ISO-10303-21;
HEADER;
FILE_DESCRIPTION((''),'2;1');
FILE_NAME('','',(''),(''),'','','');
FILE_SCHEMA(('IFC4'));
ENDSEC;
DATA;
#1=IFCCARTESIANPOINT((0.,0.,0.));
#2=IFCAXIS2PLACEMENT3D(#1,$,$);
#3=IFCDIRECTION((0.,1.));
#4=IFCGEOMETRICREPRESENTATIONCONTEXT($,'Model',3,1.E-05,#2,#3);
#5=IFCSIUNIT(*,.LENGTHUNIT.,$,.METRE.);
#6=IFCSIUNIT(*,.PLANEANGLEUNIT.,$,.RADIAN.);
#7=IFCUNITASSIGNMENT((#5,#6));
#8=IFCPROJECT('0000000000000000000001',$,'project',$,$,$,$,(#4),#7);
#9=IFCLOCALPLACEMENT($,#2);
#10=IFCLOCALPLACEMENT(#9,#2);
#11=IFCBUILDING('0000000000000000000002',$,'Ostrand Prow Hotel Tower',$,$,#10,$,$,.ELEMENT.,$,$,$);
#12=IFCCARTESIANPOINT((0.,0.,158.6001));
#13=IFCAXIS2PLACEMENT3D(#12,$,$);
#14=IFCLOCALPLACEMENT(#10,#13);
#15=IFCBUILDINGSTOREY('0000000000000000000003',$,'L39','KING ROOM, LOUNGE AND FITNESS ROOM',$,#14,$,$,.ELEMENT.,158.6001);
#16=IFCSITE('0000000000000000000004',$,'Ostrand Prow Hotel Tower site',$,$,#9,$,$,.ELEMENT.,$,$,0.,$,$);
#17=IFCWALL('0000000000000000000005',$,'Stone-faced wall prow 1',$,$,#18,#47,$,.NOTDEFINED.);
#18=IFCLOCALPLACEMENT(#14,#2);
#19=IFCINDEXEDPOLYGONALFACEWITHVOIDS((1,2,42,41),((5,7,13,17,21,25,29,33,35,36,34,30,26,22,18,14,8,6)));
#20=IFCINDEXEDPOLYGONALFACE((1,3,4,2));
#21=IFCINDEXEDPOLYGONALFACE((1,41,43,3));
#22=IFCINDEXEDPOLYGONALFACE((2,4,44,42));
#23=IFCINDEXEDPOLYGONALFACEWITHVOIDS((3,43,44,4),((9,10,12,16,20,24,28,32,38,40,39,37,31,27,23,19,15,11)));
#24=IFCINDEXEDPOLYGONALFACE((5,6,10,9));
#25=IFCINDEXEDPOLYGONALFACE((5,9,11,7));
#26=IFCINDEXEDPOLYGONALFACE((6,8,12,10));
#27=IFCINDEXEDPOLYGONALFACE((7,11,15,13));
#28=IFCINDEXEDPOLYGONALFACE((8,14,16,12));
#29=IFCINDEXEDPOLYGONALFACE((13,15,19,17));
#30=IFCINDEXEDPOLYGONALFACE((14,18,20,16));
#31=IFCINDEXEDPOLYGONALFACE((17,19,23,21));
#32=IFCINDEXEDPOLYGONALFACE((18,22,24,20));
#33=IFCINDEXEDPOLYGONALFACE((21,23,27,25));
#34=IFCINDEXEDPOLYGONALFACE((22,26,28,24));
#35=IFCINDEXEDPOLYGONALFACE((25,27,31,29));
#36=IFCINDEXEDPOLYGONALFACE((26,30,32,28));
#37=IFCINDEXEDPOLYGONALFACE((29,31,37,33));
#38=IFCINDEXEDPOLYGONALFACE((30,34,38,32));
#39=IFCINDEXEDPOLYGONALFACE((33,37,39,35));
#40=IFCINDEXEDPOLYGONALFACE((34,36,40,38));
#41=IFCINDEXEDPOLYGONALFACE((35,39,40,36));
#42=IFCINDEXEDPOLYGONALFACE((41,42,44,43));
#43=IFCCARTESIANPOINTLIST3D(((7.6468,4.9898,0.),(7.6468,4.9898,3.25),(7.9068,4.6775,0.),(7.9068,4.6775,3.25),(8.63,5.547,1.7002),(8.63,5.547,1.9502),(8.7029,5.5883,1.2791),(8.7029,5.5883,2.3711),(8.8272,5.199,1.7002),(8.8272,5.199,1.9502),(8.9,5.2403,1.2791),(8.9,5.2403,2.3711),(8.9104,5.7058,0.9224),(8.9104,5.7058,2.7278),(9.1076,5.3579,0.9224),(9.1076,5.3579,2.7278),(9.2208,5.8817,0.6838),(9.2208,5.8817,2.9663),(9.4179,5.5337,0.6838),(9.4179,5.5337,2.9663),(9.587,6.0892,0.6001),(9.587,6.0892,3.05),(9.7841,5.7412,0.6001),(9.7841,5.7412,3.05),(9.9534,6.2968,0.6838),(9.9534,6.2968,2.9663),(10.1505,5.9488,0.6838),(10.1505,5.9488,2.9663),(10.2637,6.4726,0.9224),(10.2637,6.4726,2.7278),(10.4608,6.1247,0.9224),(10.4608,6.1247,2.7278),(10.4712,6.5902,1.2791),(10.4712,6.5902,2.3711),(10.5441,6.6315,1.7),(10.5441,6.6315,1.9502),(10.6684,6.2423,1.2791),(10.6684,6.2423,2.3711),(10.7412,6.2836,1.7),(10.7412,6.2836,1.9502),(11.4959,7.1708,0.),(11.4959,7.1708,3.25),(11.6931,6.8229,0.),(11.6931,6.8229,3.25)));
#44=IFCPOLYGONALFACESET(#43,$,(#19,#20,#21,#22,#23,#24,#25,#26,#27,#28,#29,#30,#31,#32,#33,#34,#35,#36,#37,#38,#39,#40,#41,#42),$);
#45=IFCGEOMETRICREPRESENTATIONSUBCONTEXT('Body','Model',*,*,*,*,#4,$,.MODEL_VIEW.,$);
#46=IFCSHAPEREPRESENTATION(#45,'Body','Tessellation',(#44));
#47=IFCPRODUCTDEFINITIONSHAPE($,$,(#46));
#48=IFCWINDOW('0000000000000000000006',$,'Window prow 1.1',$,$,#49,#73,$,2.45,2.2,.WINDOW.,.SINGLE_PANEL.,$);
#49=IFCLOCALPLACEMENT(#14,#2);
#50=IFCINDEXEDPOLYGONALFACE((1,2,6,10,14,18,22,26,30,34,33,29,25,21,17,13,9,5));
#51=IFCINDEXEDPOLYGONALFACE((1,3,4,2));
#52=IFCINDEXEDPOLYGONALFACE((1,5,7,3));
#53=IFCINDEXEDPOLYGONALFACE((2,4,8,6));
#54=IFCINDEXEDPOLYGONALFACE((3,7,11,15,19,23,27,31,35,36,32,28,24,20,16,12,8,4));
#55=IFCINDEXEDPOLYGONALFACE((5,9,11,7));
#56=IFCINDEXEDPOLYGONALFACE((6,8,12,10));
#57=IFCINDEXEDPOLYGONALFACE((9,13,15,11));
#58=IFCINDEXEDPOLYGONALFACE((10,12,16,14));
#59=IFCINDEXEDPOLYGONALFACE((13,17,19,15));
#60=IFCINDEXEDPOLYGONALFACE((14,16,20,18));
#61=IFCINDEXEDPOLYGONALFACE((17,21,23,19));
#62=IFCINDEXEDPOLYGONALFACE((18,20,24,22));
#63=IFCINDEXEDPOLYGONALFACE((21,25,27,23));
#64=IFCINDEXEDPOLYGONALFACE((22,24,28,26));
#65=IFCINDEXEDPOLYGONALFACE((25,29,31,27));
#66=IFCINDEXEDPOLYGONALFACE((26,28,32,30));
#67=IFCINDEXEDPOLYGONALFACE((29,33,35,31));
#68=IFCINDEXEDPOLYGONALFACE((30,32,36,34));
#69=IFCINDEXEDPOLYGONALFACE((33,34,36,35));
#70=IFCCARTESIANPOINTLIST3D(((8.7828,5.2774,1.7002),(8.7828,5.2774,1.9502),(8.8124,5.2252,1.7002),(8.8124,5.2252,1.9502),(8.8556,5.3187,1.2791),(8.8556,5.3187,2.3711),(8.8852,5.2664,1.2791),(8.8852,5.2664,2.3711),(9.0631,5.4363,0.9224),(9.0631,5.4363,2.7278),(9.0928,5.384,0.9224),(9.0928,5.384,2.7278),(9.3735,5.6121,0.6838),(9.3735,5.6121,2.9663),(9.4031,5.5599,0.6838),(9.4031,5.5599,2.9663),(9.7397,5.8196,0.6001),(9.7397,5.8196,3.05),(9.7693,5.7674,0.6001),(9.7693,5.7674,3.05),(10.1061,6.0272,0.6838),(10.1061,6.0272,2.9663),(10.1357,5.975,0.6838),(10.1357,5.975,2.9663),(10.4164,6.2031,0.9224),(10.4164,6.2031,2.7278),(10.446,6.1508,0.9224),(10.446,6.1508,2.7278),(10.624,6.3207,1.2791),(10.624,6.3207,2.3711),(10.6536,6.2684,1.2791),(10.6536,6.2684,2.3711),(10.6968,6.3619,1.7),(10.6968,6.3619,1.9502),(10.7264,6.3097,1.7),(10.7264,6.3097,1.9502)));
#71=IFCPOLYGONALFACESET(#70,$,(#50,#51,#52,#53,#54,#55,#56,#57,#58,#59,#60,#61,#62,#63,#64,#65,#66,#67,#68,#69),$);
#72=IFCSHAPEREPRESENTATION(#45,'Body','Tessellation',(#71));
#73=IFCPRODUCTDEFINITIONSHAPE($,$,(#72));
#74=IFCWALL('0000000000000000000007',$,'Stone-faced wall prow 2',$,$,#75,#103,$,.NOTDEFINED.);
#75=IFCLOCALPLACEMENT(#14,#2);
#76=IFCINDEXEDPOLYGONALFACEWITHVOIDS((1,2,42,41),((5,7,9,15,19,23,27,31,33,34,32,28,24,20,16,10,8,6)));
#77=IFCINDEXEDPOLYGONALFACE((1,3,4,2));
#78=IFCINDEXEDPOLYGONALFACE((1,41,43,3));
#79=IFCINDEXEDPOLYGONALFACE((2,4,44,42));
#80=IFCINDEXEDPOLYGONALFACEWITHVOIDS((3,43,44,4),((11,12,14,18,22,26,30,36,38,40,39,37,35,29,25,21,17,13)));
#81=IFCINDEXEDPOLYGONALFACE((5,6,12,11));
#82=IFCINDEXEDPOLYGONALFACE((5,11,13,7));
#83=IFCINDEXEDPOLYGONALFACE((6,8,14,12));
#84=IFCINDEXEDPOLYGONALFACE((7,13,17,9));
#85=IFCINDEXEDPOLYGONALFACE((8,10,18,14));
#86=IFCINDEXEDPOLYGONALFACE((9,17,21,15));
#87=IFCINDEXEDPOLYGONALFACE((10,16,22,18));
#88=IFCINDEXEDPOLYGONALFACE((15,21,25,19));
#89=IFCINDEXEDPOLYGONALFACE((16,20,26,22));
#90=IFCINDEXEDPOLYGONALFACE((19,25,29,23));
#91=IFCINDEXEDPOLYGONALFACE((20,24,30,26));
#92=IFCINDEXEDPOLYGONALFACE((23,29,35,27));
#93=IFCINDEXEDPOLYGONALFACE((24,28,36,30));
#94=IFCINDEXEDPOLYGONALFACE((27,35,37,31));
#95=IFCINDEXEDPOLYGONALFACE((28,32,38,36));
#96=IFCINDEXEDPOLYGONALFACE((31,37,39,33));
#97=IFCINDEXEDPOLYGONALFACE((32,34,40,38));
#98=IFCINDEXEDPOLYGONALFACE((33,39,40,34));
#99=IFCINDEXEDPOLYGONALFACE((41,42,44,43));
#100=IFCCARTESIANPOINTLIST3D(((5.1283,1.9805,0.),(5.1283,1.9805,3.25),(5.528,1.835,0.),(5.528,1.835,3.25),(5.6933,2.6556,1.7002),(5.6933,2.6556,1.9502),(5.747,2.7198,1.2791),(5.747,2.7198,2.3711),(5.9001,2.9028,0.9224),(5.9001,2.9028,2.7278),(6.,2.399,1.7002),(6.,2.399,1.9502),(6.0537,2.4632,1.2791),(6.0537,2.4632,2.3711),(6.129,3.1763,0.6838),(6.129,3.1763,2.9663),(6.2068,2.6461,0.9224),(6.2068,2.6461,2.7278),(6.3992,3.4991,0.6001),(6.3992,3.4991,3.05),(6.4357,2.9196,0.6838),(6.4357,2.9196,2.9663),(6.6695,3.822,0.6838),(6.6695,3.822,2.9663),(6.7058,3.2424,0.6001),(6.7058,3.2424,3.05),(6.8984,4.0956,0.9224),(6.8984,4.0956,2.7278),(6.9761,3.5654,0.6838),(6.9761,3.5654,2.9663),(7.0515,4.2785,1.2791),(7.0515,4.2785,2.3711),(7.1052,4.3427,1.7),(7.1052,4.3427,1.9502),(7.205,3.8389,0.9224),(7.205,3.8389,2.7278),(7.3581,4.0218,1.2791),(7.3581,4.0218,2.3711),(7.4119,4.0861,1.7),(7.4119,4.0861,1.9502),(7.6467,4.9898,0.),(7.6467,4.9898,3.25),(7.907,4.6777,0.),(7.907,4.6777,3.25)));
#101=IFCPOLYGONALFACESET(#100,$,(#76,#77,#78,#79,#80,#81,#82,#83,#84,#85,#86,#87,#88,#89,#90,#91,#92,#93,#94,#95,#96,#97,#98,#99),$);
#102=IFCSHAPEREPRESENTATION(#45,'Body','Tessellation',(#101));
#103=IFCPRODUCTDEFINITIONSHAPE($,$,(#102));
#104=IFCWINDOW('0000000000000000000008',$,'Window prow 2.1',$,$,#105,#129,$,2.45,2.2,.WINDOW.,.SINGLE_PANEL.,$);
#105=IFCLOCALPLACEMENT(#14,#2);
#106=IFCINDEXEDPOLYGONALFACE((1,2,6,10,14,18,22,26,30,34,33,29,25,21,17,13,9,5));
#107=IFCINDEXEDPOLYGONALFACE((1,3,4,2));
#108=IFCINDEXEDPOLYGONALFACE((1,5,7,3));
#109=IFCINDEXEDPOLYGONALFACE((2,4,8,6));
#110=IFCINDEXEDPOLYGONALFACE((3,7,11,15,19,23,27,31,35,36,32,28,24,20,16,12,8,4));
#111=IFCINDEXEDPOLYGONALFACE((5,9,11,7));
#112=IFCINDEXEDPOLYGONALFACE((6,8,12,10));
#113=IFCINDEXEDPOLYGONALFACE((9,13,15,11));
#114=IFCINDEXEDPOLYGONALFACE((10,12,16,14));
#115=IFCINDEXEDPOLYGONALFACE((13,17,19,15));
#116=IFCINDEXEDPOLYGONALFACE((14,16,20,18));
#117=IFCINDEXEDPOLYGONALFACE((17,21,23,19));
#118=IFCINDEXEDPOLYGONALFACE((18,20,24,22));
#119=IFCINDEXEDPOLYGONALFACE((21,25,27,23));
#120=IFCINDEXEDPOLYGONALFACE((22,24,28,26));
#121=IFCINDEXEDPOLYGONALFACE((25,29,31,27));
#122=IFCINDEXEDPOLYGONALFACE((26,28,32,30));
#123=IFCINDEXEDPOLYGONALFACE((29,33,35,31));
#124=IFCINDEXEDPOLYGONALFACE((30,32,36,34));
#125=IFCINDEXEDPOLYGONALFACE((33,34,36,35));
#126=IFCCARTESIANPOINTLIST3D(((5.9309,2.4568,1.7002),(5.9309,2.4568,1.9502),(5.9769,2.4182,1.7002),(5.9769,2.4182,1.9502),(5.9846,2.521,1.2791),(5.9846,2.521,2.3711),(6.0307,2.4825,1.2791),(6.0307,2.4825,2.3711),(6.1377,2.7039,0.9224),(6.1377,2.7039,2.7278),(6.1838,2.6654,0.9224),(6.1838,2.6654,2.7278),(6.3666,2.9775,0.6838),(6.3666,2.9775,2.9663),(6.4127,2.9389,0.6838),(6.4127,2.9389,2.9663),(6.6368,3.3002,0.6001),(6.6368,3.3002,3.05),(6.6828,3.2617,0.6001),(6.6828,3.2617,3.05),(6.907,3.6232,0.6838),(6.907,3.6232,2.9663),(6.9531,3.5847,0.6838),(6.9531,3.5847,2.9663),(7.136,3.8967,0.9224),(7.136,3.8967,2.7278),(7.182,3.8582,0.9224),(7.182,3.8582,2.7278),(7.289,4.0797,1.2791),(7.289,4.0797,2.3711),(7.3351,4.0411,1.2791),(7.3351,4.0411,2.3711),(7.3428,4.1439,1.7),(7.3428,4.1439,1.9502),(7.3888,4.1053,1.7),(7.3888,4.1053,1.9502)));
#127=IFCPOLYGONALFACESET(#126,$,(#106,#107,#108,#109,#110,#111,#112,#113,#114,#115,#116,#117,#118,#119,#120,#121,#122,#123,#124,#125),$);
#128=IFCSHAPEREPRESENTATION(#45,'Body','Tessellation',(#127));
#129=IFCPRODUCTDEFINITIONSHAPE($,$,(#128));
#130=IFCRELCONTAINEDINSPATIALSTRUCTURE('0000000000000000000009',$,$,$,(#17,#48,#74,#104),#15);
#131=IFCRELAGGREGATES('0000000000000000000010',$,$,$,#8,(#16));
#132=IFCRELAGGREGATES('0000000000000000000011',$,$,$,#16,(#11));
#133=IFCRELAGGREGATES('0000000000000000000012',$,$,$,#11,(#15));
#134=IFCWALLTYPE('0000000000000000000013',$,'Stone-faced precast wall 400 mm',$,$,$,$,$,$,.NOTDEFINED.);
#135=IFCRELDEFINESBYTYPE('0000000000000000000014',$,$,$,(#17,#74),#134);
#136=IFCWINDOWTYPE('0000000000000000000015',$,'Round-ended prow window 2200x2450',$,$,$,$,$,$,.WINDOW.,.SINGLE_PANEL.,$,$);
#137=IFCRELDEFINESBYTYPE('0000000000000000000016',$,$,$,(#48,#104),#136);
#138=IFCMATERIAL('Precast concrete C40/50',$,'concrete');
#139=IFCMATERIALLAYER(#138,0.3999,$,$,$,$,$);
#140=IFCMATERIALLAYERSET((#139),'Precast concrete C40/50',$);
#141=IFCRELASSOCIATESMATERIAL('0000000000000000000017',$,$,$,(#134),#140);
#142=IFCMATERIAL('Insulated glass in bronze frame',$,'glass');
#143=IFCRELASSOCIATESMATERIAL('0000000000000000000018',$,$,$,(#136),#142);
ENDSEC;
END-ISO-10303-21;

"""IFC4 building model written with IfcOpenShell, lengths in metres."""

from ifc_helpers import new_model, si_unit, direction, frame, origin, place, context, subcontext, project, spatial, polyline, outline, extrude, material, layer, layer_set, type_object, element, fill, save


model = new_model("IFC4")

# Units and contexts
model_context = context("Model", 3, precision=1e-05, world=origin(), true_north=direction((0.0, 1.0)))
body_context = subcontext(model_context, "Body", "Model", "MODEL_VIEW")
ifc_project = project(units=[si_unit("LENGTHUNIT", "METRE"), si_unit("PLANEANGLEUNIT", "RADIAN")], contexts=[model_context])

# Site, building, storey
site_placement = place(None, origin())
site = spatial("IfcSite", under=ifc_project, at=site_placement, Name="Ostrand Prow Hotel Tower site", CompositionType="ELEMENT", RefElevation=0.0)
building_placement = place(site_placement, origin())
building = spatial("IfcBuilding", under=site, at=building_placement, Name="Ostrand Prow Hotel Tower", CompositionType="ELEMENT")
storey_placement = place(building_placement, frame((0.0, 0.0, 158.6001)))
storey = spatial("IfcBuildingStorey", under=building, at=storey_placement, Name="L39", Description="KING ROOM, LOUNGE AND FITNESS ROOM", CompositionType="ELEMENT", Elevation=158.6001)

# Walls, openings, windows
ifc_material_1 = material(Name="Precast concrete C40/50", Category="concrete")
ifc_layer_1 = layer(ifc_material_1, 0.3999)
ifc_layer_set_1 = layer_set([ifc_layer_1], Name="Precast concrete C40/50")
wall_type_1 = type_object("IfcWallType", Name="Stone-faced precast wall 400 mm", PredefinedType="NOTDEFINED", material=ifc_layer_set_1)
wall_1_placement = place(storey_placement, frame((11.5945, 6.9968, 0.0), z_axis=(0.0, 0.0, 1.0), x_axis=(-0.870045, -0.492972, 0.0)))
wall_1 = element("IfcWall", 1, at=wall_1_placement, inside=storey, type_object=wall_type_1, Name="Stone-faced wall prow 1", PredefinedType="NOTDEFINED", context=body_context, shape_type="SweptSolid", body=[
    extrude(outline(polyline([(0.0, -0.2), (4.4241, -0.2), (4.3518, 0.2), (0.0, 0.2), (0.0, -0.2)])), origin(), (0.0, 0.0, 1.0), 3.25),
])
opening_1_placement = place(wall_1_placement, frame((1.094, 0.0, 0.6001)))
opening_1 = element("IfcOpeningElement", 2, at=opening_1_placement, cuts=wall_1, PredefinedType="OPENING", context=body_context, shape_type="SweptSolid", body=[
    extrude(outline(polyline([(0.0, 1.3501), (0.0837, 1.771), (0.3223, 2.1277), (0.679, 2.3662), (1.1001, 2.45), (1.521, 2.3662), (1.8777, 2.1277), (2.1162, 1.771), (2.2, 1.3501), (2.2, 1.1001), (2.1162, 0.679), (1.8777, 0.3223), (1.521, 0.0837), (1.1001, 0.0), (0.679, 0.0837), (0.3223, 0.3223), (0.0837, 0.679), (0.0, 1.0999), (0.0, 1.3501)])), frame((0.0, 0.21, 0.0), z_axis=(0.0, -1.0, 0.0), x_axis=(1.0, 0.0, 0.0)), (0.0, 0.0, 1.0), 0.4199),
])
ifc_material_2 = material(Name="Insulated glass in bronze frame", Category="glass")
window_type = type_object("IfcWindowType", Name="Round-ended prow window 2200x2450", PartitioningType="SINGLE_PANEL", PredefinedType="WINDOW", material=ifc_material_2)
window_1_placement = place(opening_1_placement, origin())
window_1 = element("IfcWindow", 3, at=window_1_placement, inside=storey, type_object=window_type, Name="Window prow 1.1", OverallHeight=2.45, OverallWidth=2.2, PartitioningType="SINGLE_PANEL", PredefinedType="WINDOW", context=body_context, shape_type="SweptSolid", body=[
    extrude(outline(polyline([(0.0, 1.3501), (0.0837, 1.771), (0.3223, 2.1277), (0.679, 2.3662), (1.1001, 2.45), (1.521, 2.3662), (1.8777, 2.1277), (2.1162, 1.771), (2.2, 1.3501), (2.2, 1.1001), (2.1162, 0.679), (1.8777, 0.3223), (1.521, 0.0837), (1.1001, 0.0), (0.679, 0.0837), (0.3223, 0.3223), (0.0837, 0.679), (0.0, 1.0999), (0.0, 1.3501)])), frame((0.0, 0.1699, 0.0), z_axis=(0.0, -1.0, 0.0), x_axis=(1.0, 0.0, 0.0)), (0.0, 0.0, 1.0), 0.0601),
])
fill(opening_1, window_1)
wall_2_placement = place(storey_placement, frame((7.7769, 4.8337, 0.0), z_axis=(0.0, 0.0, 1.0), x_axis=(-0.641788, -0.766882, 0.0)))
wall_2 = element("IfcWall", 4, at=wall_2_placement, inside=storey, type_object=wall_type_1, Name="Stone-faced wall prow 2", PredefinedType="NOTDEFINED", context=body_context, shape_type="SweptSolid", body=[
    extrude(outline(polyline([(-0.0361, -0.2), (3.8879, -0.2), (3.7429, 0.2), (0.0361, 0.2), (-0.0361, -0.2)])), origin(), (0.0, 0.0, 1.0), 3.25),
])
opening_2_placement = place(wall_2_placement, frame((0.8076, 0.0, 0.6001)))
opening_2 = element("IfcOpeningElement", 5, at=opening_2_placement, cuts=wall_2, PredefinedType="OPENING", context=body_context, shape_type="SweptSolid", body=[
    extrude(outline(polyline([(0.0, 1.3501), (0.0837, 1.771), (0.3223, 2.1277), (0.679, 2.3662), (1.1001, 2.45), (1.521, 2.3662), (1.8777, 2.1277), (2.1162, 1.771), (2.2, 1.3501), (2.2, 1.1001), (2.1162, 0.679), (1.8777, 0.3223), (1.521, 0.0837), (1.1001, 0.0), (0.679, 0.0837), (0.3223, 0.3223), (0.0837, 0.679), (0.0, 1.0999), (0.0, 1.3501)])), frame((0.0, 0.21, 0.0), z_axis=(0.0, -1.0, 0.0), x_axis=(1.0, 0.0, 0.0)), (0.0, 0.0, 1.0), 0.4199),
])
window_2_placement = place(opening_2_placement, origin())
window_2 = element("IfcWindow", 6, at=window_2_placement, inside=storey, type_object=window_type, Name="Window prow 2.1", OverallHeight=2.45, OverallWidth=2.2, PartitioningType="SINGLE_PANEL", PredefinedType="WINDOW", context=body_context, shape_type="SweptSolid", body=[
    extrude(outline(polyline([(0.0, 1.3501), (0.0837, 1.771), (0.3223, 2.1277), (0.679, 2.3662), (1.1001, 2.45), (1.521, 2.3662), (1.8777, 2.1277), (2.1162, 1.771), (2.2, 1.3501), (2.2, 1.1001), (2.1162, 0.679), (1.8777, 0.3223), (1.521, 0.0837), (1.1001, 0.0), (0.679, 0.0837), (0.3223, 0.3223), (0.0837, 0.679), (0.0, 1.0999), (0.0, 1.3501)])), frame((0.0, 0.1699, 0.0), z_axis=(0.0, -1.0, 0.0), x_axis=(1.0, 0.0, 0.0)), (0.0, 0.0, 1.0), 0.0601),
])
fill(opening_2, window_2)

save(model, "model.ifc")
